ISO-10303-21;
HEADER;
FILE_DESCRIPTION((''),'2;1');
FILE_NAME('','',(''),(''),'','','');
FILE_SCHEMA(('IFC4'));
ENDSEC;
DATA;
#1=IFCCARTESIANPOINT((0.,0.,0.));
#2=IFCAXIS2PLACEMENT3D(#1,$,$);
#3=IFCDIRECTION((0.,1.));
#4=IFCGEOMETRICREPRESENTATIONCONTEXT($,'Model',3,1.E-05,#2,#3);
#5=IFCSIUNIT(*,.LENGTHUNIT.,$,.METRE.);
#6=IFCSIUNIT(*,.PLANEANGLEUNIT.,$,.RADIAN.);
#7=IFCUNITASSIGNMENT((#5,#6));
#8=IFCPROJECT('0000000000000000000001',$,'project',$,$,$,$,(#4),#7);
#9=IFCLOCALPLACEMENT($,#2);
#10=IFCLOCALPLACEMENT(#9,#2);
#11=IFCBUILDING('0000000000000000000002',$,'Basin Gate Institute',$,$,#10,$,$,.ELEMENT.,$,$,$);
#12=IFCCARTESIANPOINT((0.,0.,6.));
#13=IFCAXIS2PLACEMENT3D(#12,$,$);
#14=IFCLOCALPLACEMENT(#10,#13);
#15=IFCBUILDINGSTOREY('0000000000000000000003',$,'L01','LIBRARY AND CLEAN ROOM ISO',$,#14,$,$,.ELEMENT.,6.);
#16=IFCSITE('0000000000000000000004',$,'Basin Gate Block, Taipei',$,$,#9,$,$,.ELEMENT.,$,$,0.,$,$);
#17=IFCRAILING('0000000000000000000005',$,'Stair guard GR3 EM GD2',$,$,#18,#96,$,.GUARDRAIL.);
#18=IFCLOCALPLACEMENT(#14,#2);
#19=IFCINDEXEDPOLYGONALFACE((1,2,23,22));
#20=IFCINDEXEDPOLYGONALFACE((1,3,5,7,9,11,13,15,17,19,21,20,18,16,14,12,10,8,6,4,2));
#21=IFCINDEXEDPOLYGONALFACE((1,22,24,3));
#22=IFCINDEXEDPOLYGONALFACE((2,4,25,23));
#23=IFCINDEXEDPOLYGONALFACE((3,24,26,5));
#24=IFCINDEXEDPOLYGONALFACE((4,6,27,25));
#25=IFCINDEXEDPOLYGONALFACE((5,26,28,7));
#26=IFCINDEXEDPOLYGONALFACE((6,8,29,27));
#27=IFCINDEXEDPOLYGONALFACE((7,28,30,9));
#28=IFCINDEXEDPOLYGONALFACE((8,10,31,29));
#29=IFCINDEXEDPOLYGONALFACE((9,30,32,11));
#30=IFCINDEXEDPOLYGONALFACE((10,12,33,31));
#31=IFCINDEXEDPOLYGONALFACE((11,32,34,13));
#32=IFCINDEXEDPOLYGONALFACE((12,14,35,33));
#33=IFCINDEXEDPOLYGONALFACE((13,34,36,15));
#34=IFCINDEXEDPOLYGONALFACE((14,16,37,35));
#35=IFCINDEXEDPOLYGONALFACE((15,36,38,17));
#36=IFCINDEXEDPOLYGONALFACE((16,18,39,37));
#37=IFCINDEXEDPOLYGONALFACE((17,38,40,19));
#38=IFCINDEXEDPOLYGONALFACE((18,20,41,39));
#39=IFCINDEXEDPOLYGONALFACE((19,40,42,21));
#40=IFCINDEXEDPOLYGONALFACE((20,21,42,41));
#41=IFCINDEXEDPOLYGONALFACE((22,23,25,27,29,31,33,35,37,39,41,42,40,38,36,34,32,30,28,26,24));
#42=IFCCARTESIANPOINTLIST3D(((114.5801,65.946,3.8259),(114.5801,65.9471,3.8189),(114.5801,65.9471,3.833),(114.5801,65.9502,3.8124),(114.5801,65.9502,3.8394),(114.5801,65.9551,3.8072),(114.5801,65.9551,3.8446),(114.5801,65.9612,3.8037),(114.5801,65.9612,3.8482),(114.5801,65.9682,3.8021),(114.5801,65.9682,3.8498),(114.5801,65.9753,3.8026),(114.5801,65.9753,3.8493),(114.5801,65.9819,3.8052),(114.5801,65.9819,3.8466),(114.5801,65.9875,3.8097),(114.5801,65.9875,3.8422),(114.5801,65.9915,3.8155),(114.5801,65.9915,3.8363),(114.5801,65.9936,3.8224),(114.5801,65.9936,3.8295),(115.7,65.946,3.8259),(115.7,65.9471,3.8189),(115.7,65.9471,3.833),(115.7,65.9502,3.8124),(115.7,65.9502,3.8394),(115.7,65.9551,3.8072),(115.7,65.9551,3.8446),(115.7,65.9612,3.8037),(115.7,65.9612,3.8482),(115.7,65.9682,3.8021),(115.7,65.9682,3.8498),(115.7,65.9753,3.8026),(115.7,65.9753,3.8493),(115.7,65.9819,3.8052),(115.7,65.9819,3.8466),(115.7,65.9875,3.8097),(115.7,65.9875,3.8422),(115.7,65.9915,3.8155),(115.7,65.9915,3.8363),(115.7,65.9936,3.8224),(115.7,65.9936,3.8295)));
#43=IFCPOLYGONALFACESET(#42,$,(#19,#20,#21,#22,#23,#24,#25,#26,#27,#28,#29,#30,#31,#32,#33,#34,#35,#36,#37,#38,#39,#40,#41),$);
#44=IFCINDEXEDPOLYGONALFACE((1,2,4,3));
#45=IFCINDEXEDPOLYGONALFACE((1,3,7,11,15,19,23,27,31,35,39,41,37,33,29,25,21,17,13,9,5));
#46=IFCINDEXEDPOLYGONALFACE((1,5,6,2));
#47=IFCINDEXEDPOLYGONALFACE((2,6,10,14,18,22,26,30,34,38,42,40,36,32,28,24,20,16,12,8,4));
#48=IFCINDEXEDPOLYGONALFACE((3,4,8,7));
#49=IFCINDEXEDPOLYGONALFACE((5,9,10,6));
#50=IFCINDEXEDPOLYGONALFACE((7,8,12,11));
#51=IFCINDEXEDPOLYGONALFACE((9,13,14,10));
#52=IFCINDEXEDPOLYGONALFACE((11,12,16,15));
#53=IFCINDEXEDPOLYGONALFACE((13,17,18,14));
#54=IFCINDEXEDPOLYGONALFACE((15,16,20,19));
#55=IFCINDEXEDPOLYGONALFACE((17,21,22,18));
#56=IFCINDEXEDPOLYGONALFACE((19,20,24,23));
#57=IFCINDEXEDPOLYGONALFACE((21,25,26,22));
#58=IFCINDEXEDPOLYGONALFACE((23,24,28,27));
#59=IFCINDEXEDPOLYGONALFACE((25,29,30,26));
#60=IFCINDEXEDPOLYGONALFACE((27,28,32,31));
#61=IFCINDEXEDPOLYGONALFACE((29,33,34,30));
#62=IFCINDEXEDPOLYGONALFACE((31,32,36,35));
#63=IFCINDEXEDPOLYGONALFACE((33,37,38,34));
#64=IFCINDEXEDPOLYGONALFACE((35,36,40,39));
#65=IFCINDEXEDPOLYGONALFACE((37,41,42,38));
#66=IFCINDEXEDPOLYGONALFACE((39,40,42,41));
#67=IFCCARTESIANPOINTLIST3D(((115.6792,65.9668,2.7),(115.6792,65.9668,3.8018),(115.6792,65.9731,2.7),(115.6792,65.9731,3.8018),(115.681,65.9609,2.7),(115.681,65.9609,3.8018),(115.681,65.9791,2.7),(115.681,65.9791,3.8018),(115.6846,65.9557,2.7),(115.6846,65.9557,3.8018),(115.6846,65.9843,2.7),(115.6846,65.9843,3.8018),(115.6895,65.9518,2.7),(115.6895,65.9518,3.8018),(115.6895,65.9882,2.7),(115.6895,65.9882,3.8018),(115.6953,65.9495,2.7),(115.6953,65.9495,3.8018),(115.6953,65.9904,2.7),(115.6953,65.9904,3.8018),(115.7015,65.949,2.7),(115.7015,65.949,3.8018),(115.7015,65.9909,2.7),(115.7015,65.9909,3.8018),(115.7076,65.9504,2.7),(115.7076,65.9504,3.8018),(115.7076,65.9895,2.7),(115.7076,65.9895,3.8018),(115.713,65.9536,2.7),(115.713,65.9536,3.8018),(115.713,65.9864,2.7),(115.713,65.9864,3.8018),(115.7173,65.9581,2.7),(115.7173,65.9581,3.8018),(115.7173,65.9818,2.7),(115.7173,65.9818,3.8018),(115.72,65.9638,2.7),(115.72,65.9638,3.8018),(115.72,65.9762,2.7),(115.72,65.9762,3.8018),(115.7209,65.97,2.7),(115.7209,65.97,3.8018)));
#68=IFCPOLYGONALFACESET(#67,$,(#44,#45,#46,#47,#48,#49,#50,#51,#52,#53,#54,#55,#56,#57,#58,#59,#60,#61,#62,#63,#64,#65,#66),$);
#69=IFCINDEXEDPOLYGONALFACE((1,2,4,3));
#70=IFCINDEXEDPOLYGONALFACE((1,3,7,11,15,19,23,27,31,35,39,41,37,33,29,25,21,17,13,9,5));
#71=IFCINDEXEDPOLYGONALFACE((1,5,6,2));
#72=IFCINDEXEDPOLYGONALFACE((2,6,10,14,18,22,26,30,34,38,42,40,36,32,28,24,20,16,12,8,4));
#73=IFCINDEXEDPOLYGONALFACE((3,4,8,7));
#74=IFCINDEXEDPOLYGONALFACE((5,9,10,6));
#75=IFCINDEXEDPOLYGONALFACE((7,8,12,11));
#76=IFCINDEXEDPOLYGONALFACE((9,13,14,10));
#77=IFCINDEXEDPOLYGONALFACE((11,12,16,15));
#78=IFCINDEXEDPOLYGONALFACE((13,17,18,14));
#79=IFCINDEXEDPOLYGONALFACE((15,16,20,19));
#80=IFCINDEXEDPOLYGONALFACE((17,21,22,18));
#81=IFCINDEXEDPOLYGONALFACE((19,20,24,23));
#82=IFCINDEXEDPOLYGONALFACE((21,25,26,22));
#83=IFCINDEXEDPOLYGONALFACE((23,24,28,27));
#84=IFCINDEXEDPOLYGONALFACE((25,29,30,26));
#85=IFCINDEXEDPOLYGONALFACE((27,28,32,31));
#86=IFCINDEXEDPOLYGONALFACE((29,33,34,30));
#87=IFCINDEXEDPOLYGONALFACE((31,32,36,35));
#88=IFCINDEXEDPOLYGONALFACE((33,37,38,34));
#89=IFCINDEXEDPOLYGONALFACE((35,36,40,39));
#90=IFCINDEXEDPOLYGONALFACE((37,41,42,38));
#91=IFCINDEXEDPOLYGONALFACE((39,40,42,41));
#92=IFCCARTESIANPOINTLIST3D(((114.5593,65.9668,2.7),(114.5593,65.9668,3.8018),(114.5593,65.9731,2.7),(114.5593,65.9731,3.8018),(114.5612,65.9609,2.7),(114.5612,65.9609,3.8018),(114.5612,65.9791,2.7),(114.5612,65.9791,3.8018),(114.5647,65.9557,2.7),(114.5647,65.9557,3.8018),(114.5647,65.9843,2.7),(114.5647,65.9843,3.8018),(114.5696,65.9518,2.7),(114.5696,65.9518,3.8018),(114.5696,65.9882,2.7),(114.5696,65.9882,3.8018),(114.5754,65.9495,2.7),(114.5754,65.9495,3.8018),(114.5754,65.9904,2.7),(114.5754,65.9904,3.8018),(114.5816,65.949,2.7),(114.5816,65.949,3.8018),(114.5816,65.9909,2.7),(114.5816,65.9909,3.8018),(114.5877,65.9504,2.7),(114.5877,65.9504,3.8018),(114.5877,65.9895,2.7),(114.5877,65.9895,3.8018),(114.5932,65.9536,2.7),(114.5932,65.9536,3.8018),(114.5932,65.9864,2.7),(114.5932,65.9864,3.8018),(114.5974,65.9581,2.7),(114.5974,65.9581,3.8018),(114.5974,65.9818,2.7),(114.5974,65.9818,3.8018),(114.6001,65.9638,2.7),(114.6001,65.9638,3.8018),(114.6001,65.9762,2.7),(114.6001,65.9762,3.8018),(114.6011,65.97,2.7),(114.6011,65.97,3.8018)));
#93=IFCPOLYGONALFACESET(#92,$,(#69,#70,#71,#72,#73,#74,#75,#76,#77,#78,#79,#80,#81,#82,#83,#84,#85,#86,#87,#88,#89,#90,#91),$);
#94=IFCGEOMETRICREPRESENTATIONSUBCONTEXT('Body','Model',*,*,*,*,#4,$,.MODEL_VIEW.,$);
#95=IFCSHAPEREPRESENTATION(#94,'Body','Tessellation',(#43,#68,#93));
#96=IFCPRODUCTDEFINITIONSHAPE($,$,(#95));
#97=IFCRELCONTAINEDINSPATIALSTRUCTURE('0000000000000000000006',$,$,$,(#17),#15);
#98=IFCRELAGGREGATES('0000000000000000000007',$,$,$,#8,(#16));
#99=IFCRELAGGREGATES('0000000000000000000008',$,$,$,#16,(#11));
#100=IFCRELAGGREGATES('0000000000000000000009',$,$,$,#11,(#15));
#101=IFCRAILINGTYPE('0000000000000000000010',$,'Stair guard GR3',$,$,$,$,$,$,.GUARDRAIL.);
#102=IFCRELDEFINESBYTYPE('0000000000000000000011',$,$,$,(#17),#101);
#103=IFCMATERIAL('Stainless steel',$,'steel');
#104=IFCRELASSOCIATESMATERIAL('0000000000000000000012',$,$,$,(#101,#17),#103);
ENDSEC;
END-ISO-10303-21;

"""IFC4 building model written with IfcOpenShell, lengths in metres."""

from ifc_helpers import new_model, si_unit, direction, frame, origin, origin_2d, place, context, subcontext, project, spatial, circle, extrude, material, type_object, element, save


model = new_model("IFC4")

# Units and contexts
model_context = context("Model", 3, precision=1e-05, world=origin(), true_north=direction((0.0, 1.0)))
body_context = subcontext(model_context, "Body", "Model", "MODEL_VIEW")
ifc_project = project(units=[si_unit("LENGTHUNIT", "METRE"), si_unit("PLANEANGLEUNIT", "RADIAN")], contexts=[model_context])

# Site, building, storey
site_placement = place(None, origin())
site = spatial("IfcSite", under=ifc_project, at=site_placement, Name="Basin Gate Block, Taipei", CompositionType="ELEMENT", RefElevation=0.0)
building_placement = place(site_placement, origin())
building = spatial("IfcBuilding", under=site, at=building_placement, Name="Basin Gate Institute", CompositionType="ELEMENT")
storey_placement = place(building_placement, frame((0.0, 0.0, 6.0)))
storey = spatial("IfcBuildingStorey", under=building, at=storey_placement, Name="L01", Description="LIBRARY AND CLEAN ROOM ISO", CompositionType="ELEMENT", Elevation=6.0)

# Railing
ifc_material_1 = material(Name="Stainless steel", Category="steel")
railing_type_1 = type_object("IfcRailingType", Name="Stair guard GR3", PredefinedType="GUARDRAIL", material=ifc_material_1)
railing_1_placement = place(storey_placement, frame((115.7, 65.97, 2.7)))
element("IfcRailing", 1, at=railing_1_placement, inside=storey, type_object=railing_type_1, material=ifc_material_1, Name="Stair guard GR3 EM GD2", PredefinedType="GUARDRAIL", context=body_context, shape_type="SweptSolid", body=[
    extrude(circle(Radius=0.0239, at=origin_2d()), frame((0.0, 0.0, 1.126), z_axis=(-1.0, 0.0, 0.0), x_axis=(0.0, -1.0, 0.0)), (0.0, 0.0, 1.0), 1.1199),
    extrude(circle(Radius=0.021, at=origin_2d()), origin(), (0.0, 0.0, 1.0), 1.1018),
    extrude(circle(Radius=0.021, at=origin_2d()), frame((-1.1199, 0.0, 0.0)), (0.0, 0.0, 1.0), 1.1018),
])

save(model, "model.ifc")
